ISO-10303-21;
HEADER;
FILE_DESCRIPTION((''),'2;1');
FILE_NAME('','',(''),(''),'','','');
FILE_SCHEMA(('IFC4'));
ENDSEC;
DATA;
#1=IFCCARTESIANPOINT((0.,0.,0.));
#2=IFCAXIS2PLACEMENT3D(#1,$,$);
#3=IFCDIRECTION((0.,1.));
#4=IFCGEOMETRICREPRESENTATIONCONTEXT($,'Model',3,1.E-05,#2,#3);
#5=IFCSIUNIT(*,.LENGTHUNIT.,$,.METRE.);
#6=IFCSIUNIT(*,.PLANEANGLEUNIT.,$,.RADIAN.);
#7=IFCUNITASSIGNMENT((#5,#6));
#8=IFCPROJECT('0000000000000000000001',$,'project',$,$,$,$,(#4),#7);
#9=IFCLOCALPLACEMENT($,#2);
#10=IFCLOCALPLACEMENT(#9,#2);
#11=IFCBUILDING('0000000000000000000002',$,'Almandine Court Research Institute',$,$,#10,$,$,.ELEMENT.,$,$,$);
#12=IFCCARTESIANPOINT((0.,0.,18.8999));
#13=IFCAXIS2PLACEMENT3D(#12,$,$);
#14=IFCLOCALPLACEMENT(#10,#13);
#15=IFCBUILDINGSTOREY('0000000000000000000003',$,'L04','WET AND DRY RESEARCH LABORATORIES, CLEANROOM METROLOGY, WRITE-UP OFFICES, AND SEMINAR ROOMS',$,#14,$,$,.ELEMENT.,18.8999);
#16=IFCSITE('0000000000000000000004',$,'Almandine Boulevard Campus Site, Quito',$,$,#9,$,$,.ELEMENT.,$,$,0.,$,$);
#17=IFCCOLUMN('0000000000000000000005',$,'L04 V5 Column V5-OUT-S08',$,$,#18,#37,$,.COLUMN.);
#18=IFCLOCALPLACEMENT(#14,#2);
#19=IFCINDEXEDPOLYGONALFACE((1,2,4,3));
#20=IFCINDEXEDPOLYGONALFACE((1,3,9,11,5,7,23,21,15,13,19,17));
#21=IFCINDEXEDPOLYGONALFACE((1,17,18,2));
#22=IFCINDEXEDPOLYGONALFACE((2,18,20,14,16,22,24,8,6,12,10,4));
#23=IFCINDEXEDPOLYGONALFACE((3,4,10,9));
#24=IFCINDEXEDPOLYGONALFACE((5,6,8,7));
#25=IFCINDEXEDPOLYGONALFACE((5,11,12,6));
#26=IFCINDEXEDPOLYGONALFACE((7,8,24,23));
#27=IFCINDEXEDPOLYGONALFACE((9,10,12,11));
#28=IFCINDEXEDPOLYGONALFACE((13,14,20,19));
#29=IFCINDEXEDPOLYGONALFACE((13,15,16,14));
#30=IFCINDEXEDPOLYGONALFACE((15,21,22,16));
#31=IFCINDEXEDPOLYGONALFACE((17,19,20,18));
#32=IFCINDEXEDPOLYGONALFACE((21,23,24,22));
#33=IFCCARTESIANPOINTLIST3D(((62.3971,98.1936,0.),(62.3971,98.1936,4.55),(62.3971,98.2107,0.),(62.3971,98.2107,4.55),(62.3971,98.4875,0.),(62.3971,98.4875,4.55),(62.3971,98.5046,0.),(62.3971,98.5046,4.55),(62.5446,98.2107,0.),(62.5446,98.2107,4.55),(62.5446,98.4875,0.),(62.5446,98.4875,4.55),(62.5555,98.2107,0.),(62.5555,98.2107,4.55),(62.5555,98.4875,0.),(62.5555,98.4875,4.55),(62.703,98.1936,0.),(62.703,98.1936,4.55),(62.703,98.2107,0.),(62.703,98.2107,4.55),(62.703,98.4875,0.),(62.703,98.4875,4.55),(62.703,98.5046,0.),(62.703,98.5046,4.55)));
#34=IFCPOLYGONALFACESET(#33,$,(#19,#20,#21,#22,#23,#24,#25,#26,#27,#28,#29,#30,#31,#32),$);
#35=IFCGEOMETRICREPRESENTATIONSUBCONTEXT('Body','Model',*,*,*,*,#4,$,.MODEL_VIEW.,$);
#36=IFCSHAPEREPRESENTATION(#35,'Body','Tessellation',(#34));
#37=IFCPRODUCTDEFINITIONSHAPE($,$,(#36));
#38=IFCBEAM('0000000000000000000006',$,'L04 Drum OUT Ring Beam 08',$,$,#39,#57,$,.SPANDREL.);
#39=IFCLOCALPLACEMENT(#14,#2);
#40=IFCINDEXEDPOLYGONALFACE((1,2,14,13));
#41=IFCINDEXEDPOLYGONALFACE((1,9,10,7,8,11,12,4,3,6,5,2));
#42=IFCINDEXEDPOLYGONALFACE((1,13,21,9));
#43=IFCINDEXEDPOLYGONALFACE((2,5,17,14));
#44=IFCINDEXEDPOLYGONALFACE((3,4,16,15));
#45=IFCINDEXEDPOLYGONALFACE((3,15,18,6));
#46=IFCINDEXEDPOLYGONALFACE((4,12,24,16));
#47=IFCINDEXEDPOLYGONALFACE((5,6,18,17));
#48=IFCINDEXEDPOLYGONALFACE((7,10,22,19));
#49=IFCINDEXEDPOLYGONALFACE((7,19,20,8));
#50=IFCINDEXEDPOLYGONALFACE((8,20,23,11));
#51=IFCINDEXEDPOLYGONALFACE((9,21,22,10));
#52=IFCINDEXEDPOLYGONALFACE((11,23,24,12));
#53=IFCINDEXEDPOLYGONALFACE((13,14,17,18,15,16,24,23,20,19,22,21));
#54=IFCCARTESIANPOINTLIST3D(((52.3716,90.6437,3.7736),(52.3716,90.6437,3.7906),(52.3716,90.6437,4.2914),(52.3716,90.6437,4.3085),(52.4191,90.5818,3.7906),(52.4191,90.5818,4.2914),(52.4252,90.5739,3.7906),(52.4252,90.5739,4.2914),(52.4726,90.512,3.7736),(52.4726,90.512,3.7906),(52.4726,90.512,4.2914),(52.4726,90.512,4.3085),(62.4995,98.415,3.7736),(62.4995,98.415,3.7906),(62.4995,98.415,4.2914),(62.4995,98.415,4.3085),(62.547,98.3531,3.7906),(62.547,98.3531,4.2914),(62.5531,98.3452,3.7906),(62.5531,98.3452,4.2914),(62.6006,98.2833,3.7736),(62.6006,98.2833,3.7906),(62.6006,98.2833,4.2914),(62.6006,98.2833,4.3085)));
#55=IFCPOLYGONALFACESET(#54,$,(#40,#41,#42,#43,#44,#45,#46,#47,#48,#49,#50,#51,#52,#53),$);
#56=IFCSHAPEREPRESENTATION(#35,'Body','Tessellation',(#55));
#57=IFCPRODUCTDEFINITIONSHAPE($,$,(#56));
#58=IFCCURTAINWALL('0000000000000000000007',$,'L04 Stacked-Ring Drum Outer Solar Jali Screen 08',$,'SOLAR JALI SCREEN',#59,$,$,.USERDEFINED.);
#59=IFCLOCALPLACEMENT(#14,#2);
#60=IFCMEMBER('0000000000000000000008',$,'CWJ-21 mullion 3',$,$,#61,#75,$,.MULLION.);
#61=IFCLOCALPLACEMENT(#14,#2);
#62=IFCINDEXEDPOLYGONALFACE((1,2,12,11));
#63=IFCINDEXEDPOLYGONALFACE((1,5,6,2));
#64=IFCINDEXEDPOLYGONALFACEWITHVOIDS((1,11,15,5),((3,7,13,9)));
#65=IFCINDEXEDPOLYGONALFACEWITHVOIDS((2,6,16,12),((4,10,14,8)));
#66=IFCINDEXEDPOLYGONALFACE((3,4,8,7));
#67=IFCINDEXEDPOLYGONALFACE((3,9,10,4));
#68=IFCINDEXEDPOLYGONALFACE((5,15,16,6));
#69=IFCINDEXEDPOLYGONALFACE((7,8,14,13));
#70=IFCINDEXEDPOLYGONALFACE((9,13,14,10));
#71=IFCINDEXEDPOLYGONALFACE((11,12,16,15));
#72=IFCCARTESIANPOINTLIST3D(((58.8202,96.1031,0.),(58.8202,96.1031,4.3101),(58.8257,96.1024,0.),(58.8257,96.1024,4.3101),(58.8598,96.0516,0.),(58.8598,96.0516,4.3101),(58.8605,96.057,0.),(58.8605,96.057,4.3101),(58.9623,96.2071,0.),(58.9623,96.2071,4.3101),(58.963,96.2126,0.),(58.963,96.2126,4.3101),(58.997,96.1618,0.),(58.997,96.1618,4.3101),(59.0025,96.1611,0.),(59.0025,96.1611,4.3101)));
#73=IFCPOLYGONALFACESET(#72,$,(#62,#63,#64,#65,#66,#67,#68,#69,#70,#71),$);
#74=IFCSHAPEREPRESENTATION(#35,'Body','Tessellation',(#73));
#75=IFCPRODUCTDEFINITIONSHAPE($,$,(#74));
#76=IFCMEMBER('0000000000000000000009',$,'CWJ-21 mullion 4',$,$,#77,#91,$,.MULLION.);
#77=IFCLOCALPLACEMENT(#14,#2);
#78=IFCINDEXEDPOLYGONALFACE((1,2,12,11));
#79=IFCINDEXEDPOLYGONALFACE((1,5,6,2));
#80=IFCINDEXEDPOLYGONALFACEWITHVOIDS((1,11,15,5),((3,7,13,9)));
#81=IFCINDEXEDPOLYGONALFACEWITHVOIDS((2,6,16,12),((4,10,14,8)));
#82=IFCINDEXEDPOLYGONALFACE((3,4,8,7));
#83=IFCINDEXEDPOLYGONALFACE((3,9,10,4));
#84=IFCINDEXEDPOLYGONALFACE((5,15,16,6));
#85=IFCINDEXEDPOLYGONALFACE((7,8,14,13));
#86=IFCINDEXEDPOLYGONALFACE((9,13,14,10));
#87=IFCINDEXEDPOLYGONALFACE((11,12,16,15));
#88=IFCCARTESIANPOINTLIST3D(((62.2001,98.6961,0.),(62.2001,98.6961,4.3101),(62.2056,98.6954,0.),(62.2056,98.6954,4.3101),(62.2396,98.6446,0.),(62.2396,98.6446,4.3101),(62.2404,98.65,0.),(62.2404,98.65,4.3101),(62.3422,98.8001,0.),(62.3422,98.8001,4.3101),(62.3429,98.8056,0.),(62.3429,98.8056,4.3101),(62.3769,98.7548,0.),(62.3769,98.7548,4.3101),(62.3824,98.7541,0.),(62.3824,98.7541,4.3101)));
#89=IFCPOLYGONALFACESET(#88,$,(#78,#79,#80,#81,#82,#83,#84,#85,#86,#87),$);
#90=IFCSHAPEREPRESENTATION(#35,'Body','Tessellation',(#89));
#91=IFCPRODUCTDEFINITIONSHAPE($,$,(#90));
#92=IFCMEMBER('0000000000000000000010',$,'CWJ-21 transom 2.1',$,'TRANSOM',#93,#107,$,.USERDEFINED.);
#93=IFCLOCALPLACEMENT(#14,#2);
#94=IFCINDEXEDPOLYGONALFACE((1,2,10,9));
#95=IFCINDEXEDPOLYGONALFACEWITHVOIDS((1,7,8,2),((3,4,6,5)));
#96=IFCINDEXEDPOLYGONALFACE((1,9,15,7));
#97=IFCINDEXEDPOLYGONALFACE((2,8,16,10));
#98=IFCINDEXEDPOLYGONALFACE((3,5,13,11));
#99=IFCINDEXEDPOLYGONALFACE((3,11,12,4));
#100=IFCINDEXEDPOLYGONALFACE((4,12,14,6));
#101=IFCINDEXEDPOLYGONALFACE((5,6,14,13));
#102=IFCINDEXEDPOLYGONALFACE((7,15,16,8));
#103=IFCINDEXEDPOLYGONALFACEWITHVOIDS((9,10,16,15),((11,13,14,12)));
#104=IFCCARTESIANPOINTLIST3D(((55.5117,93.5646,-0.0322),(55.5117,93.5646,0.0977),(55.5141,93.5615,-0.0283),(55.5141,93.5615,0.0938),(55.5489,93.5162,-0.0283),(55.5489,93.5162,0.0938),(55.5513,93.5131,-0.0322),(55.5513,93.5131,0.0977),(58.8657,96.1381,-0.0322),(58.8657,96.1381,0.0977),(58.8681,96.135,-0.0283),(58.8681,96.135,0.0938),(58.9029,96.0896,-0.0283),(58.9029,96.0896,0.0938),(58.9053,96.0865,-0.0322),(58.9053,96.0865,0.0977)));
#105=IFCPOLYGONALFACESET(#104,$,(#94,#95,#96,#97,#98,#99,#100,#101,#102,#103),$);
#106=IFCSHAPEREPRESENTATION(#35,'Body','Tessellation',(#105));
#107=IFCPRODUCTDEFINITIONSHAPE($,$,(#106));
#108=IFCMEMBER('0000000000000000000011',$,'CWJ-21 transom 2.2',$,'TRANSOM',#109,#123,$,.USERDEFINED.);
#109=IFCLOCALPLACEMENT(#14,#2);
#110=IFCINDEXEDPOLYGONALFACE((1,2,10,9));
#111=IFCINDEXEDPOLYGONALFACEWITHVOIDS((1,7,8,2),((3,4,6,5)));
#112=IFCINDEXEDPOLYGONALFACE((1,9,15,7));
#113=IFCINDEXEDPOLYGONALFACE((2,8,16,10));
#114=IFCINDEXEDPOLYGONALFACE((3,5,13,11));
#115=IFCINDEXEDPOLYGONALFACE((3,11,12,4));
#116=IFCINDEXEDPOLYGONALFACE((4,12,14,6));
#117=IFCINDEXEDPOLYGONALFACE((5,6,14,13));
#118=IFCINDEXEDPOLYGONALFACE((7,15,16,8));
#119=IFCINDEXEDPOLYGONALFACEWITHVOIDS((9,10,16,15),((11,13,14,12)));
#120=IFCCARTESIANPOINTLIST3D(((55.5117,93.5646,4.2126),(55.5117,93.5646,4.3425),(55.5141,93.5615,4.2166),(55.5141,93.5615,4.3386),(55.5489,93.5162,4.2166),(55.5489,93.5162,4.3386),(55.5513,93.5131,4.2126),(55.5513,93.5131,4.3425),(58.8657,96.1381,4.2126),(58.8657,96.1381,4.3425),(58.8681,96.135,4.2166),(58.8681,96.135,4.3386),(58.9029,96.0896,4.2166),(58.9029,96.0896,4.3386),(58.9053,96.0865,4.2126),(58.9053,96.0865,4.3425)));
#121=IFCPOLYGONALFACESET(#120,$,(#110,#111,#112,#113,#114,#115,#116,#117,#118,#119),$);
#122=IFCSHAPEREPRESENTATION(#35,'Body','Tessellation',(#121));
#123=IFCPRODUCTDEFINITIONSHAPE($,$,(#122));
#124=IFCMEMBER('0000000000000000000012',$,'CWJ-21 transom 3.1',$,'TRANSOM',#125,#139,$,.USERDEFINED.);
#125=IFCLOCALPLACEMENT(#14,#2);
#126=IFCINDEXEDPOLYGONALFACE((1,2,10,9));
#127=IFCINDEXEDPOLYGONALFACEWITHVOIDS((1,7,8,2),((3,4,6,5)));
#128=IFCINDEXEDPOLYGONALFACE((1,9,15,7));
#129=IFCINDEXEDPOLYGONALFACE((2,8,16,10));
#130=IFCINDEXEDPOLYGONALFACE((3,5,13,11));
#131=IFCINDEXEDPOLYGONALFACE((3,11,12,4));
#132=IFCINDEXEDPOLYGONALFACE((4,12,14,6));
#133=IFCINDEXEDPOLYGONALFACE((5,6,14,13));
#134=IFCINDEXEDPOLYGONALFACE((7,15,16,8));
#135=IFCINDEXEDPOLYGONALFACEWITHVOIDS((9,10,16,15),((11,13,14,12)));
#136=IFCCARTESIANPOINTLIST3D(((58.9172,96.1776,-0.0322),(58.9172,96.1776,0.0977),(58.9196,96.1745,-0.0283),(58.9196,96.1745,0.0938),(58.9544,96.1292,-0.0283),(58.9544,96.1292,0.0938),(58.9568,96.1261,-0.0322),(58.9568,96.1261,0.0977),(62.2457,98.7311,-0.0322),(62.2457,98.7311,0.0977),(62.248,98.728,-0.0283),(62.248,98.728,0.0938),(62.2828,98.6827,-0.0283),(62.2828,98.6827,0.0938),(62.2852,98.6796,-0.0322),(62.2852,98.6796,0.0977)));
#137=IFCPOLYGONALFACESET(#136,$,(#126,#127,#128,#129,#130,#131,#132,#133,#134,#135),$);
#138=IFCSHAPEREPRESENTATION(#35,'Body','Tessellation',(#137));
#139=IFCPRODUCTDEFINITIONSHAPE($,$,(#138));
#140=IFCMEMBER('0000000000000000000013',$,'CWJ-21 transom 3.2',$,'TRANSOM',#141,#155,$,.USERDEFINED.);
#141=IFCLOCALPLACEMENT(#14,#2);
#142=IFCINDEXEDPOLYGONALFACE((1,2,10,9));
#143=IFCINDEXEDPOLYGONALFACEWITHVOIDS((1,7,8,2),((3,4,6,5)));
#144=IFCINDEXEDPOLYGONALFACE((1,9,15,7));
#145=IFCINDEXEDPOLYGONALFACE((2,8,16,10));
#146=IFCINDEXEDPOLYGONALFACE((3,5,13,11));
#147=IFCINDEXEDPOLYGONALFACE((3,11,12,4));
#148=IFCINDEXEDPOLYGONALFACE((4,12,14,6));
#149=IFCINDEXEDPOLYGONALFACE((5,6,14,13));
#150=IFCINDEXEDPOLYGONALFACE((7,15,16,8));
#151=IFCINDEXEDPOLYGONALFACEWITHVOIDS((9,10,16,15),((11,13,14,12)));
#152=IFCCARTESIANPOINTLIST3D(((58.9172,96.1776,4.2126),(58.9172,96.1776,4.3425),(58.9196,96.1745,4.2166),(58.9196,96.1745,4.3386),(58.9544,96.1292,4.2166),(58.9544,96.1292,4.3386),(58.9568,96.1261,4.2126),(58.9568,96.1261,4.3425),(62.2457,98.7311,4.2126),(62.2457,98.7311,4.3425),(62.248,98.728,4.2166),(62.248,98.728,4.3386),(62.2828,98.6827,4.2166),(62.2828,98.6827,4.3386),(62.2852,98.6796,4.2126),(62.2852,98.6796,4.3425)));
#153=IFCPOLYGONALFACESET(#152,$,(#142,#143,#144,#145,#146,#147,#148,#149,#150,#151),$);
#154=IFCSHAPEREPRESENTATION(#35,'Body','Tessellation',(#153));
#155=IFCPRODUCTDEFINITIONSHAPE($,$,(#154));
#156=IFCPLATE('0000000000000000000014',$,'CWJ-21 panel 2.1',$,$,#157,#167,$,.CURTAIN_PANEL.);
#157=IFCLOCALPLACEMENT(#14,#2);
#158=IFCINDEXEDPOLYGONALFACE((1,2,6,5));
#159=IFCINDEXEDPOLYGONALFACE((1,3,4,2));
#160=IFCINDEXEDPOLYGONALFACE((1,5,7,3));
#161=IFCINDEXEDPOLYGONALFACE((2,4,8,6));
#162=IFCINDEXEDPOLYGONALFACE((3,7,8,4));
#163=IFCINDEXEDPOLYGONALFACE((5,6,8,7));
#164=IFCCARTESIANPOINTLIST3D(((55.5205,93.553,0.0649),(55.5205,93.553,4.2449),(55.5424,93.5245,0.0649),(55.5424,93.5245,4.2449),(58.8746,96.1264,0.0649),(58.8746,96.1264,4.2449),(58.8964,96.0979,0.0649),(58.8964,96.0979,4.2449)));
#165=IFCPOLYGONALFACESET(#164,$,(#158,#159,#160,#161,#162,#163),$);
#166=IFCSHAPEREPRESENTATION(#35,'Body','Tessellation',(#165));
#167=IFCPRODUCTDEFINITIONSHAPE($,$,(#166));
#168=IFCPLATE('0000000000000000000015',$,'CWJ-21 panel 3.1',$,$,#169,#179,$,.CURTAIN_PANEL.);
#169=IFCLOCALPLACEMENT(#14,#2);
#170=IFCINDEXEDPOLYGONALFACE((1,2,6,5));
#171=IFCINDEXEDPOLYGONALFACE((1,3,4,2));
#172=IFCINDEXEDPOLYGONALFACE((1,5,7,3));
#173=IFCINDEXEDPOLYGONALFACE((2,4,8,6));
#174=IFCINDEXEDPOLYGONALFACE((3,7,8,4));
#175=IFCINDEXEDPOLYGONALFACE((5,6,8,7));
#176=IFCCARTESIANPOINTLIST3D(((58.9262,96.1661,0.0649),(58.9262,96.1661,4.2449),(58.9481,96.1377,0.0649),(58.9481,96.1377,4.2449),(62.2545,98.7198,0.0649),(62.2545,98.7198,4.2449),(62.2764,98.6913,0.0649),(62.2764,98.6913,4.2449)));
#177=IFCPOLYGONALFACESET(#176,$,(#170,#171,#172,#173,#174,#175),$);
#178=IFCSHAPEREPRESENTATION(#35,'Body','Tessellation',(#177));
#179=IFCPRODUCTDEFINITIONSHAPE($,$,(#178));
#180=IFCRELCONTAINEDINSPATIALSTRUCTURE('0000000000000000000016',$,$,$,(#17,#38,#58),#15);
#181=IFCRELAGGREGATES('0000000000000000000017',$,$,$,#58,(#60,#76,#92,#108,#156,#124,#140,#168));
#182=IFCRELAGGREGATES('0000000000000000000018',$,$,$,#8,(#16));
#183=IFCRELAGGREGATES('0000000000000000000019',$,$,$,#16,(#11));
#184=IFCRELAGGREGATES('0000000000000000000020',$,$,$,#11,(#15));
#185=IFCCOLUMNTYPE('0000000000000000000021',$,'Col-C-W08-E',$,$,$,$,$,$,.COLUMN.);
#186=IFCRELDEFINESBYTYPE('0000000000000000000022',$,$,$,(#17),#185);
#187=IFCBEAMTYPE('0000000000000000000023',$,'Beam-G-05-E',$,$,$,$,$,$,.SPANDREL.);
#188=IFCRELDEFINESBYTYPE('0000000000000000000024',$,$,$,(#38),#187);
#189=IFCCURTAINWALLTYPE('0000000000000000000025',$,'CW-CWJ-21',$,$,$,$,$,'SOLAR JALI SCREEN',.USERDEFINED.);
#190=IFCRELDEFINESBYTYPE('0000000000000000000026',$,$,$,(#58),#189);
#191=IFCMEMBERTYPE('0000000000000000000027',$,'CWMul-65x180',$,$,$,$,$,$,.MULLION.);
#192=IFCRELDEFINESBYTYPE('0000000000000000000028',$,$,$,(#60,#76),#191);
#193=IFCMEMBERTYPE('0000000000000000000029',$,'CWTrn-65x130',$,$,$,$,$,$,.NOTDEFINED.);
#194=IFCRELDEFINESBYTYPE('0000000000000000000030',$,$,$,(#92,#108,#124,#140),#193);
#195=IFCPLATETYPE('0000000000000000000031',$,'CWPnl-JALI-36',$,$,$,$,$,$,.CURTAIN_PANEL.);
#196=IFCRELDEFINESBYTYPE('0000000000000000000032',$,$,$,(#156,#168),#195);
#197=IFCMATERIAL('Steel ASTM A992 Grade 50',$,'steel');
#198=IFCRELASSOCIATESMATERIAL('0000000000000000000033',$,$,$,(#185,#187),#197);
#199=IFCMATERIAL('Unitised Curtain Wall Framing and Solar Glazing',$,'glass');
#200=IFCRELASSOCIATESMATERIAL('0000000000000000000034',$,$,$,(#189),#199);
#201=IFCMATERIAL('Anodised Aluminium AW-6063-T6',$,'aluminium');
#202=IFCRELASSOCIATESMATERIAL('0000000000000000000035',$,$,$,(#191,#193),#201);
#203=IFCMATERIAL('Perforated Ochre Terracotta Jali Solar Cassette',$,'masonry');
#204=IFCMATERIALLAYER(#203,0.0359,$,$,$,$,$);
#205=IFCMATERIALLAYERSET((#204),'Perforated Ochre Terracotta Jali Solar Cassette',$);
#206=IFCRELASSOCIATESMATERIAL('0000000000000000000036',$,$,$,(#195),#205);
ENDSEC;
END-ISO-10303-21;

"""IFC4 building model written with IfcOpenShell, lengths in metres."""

from ifc_helpers import new_model, si_unit, direction, frame, origin, origin_2d, place, context, subcontext, project, spatial, rectangle, hollow_rectangle, i_section, extrude, material, layer, layer_set, material_profile, profile_set, type_object, element, aggregate, save


model = new_model("IFC4")

# Units and contexts
model_context = context("Model", 3, precision=1e-05, world=origin(), true_north=direction((0.0, 1.0)))
body_context = subcontext(model_context, "Body", "Model", "MODEL_VIEW")
ifc_project = project(units=[si_unit("LENGTHUNIT", "METRE"), si_unit("PLANEANGLEUNIT", "RADIAN")], contexts=[model_context])

# Site, building, storey
site_placement = place(None, origin())
site = spatial("IfcSite", under=ifc_project, at=site_placement, Name="Almandine Boulevard Campus Site, Quito", CompositionType="ELEMENT", RefElevation=0.0)
building_placement = place(site_placement, origin())
building = spatial("IfcBuilding", under=site, at=building_placement, Name="Almandine Court Research Institute", CompositionType="ELEMENT")
storey_placement = place(building_placement, frame((0.0, 0.0, 18.8999)))
storey = spatial("IfcBuildingStorey", under=building, at=storey_placement, Name="L04", Description="WET AND DRY RESEARCH LABORATORIES, CLEANROOM METROLOGY, WRITE-UP OFFICES, AND SEMINAR ROOMS", CompositionType="ELEMENT", Elevation=18.8999)

# Column
ifc_material_1 = material(Name="Steel ASTM A992 Grade 50", Category="steel")
ifc_material_profile_1 = material_profile(ifc_material_1, i_section(OverallWidth=0.3059, OverallDepth=0.311, WebThickness=0.011, FlangeThickness=0.0171, at=origin_2d()), Name="W310x107")
ifc_profile_set_1 = profile_set([ifc_material_profile_1], Name="Steel ASTM A992 Grade 50")
column_type = type_object("IfcColumnType", Name="Col-C-W08-E", PredefinedType="COLUMN", material=ifc_profile_set_1)
column_placement = place(storey_placement, frame((62.55, 98.3491, 0.0), z_axis=(0.0, 0.0, 1.0), x_axis=(1.0, 0.0, 0.0)))
element("IfcColumn", 1, at=column_placement, inside=storey, type_object=column_type, Name="L04 V5 Column V5-OUT-S08", PredefinedType="COLUMN", context=body_context, shape_type="SweptSolid", body=[
    extrude(i_section(OverallWidth=0.3059, OverallDepth=0.311, WebThickness=0.011, FlangeThickness=0.0171, at=origin_2d()), origin(), (0.0, 0.0, 1.0), 4.55),
])

# Beam
ifc_material_profile_2 = material_profile(ifc_material_1, i_section(OverallWidth=0.166, OverallDepth=0.5349, WebThickness=0.01, FlangeThickness=0.0171, at=origin_2d()), Name="W530x85")
ifc_profile_set_2 = profile_set([ifc_material_profile_2], Name="Steel ASTM A992 Grade 50")
beam_type = type_object("IfcBeamType", Name="Beam-G-05-E", PredefinedType="SPANDREL", material=ifc_profile_set_2)
beam_placement = place(storey_placement, frame((62.55, 98.3491, 4.041), z_axis=(-0.793361, -0.608752, 0.0), x_axis=(0.608752, -0.793361, 0.0)))
element("IfcBeam", 2, at=beam_placement, inside=storey, type_object=beam_type, Name="L04 Drum OUT Ring Beam 08", PredefinedType="SPANDREL", context=body_context, shape_type="SweptSolid", body=[
    extrude(i_section(OverallWidth=0.166, OverallDepth=0.5349, WebThickness=0.01, FlangeThickness=0.0171, at=origin_2d()), origin(), (0.0, 0.0, 1.0), 12.7659),
])

# Curtain wall, members, plates
ifc_material_2 = material(Name="Unitised Curtain Wall Framing and Solar Glazing", Category="glass")
curtain_wall_type = type_object("IfcCurtainWallType", Name="CW-CWJ-21", ElementType="SOLAR JALI SCREEN", PredefinedType="USERDEFINED", material=ifc_material_2)
curtain_wall_placement = place(storey_placement, origin())
curtain_wall = element("IfcCurtainWall", 3, at=curtain_wall_placement, inside=storey, type_object=curtain_wall_type, Name="L04 Stacked-Ring Drum Outer Solar Jali Screen 08", ObjectType="SOLAR JALI SCREEN", PredefinedType="USERDEFINED")
ifc_material_3 = material(Name="Anodised Aluminium AW-6063-T6", Category="aluminium")
ifc_material_profile_3 = material_profile(ifc_material_3, hollow_rectangle(XDim=0.0649, YDim=0.1799, WallThickness=0.0039, at=origin_2d()), Name="ALU RHS 65x180x4")
ifc_profile_set_3 = profile_set([ifc_material_profile_3], Name="Anodised Aluminium AW-6063-T6")
member_type_1 = type_object("IfcMemberType", Name="CWMul-65x180", PredefinedType="MULLION", material=ifc_profile_set_3)
member_1_placement = place(storey_placement, frame((58.9114, 96.1321, 0.0), z_axis=(0.0, 0.0, 1.0), x_axis=(-0.608723, 0.793383, 0.0)))
member_1 = element("IfcMember", 4, at=member_1_placement, type_object=member_type_1, Name="CWJ-21 mullion 3", PredefinedType="MULLION", context=body_context, shape_type="SweptSolid", body=[
    extrude(hollow_rectangle(XDim=0.0649, YDim=0.1799, WallThickness=0.0039, at=origin_2d()), origin(), (0.0, 0.0, 1.0), 4.3101),
])
member_2_placement = place(storey_placement, frame((62.2913, 98.7251, 0.0), z_axis=(0.0, 0.0, 1.0), x_axis=(-0.608723, 0.793383, 0.0)))
member_2 = element("IfcMember", 5, at=member_2_placement, type_object=member_type_1, Name="CWJ-21 mullion 4", PredefinedType="MULLION", context=body_context, shape_type="SweptSolid", body=[
    extrude(hollow_rectangle(XDim=0.0649, YDim=0.1799, WallThickness=0.0039, at=origin_2d()), origin(), (0.0, 0.0, 1.0), 4.3101),
])
ifc_material_profile_4 = material_profile(ifc_material_3, hollow_rectangle(XDim=0.0649, YDim=0.1299, WallThickness=0.0039, at=origin_2d()), Name="ALU RHS 65x130x4")
ifc_profile_set_4 = profile_set([ifc_material_profile_4], Name="Anodised Aluminium AW-6063-T6")
member_type_2 = type_object("IfcMemberType", Name="CWTrn-65x130", PredefinedType="NOTDEFINED", material=ifc_profile_set_4)
member_3_placement = place(storey_placement, frame((55.5315, 93.5388, 0.0327), z_axis=(0.793368, 0.608742, 0.0), x_axis=(-0.608742, 0.793368, 0.0)))
member_3 = element("IfcMember", 6, at=member_3_placement, type_object=member_type_2, Name="CWJ-21 transom 2.1", ObjectType="TRANSOM", PredefinedType="USERDEFINED", context=body_context, shape_type="SweptSolid", body=[
    extrude(hollow_rectangle(XDim=0.0649, YDim=0.1299, WallThickness=0.0039, at=origin_2d()), origin(), (0.0, 0.0, 1.0), 4.2275),
])
member_4_placement = place(storey_placement, frame((55.5315, 93.5388, 4.2776), z_axis=(0.793368, 0.608742, 0.0), x_axis=(-0.608742, 0.793368, 0.0)))
member_4 = element("IfcMember", 7, at=member_4_placement, type_object=member_type_2, Name="CWJ-21 transom 2.2", ObjectType="TRANSOM", PredefinedType="USERDEFINED", context=body_context, shape_type="SweptSolid", body=[
    extrude(hollow_rectangle(XDim=0.0649, YDim=0.1299, WallThickness=0.0039, at=origin_2d()), origin(), (0.0, 0.0, 1.0), 4.2275),
])
member_5_placement = place(storey_placement, frame((58.937, 96.1519, 0.0327), z_axis=(0.793409, 0.608689, 0.0), x_axis=(-0.608689, 0.793409, 0.0)))
member_5 = element("IfcMember", 8, at=member_5_placement, type_object=member_type_2, Name="CWJ-21 transom 3.1", ObjectType="TRANSOM", PredefinedType="USERDEFINED", context=body_context, shape_type="SweptSolid", body=[
    extrude(hollow_rectangle(XDim=0.0649, YDim=0.1299, WallThickness=0.0039, at=origin_2d()), origin(), (0.0, 0.0, 1.0), 4.1951),
])
member_6_placement = place(storey_placement, frame((58.937, 96.1519, 4.2776), z_axis=(0.793409, 0.608689, 0.0), x_axis=(-0.608689, 0.793409, 0.0)))
member_6 = element("IfcMember", 9, at=member_6_placement, type_object=member_type_2, Name="CWJ-21 transom 3.2", ObjectType="TRANSOM", PredefinedType="USERDEFINED", context=body_context, shape_type="SweptSolid", body=[
    extrude(hollow_rectangle(XDim=0.0649, YDim=0.1299, WallThickness=0.0039, at=origin_2d()), origin(), (0.0, 0.0, 1.0), 4.1951),
])
ifc_material_4 = material(Name="Perforated Ochre Terracotta Jali Solar Cassette", Category="masonry")
ifc_layer_1 = layer(ifc_material_4, 0.0359)
ifc_layer_set_1 = layer_set([ifc_layer_1], Name="Perforated Ochre Terracotta Jali Solar Cassette")
plate_type = type_object("IfcPlateType", Name="CWPnl-JALI-36", PredefinedType="CURTAIN_PANEL", material=ifc_layer_set_1)
plate_1_placement = place(storey_placement, frame((57.2085, 94.8254, 0.0649), z_axis=(0.0, 0.0, 1.0), x_axis=(0.793383, 0.608723, 0.0)))
plate_1 = element("IfcPlate", 10, at=plate_1_placement, type_object=plate_type, Name="CWJ-21 panel 2.1", PredefinedType="CURTAIN_PANEL", context=body_context, shape_type="SweptSolid", body=[
    extrude(rectangle(XDim=4.2275, YDim=0.0359, at=origin_2d()), origin(), (0.0, 0.0, 1.0), 4.1799),
])
plate_2_placement = place(storey_placement, frame((60.6013, 97.4287, 0.0649), z_axis=(0.0, 0.0, 1.0), x_axis=(0.793383, 0.608723, 0.0)))
plate_2 = element("IfcPlate", 11, at=plate_2_placement, type_object=plate_type, Name="CWJ-21 panel 3.1", PredefinedType="CURTAIN_PANEL", context=body_context, shape_type="SweptSolid", body=[
    extrude(rectangle(XDim=4.1951, YDim=0.0359, at=origin_2d()), origin(), (0.0, 0.0, 1.0), 4.1799),
])
aggregate(curtain_wall, [member_1, member_2, member_3, member_4, plate_1, member_5, member_6, plate_2])

save(model, "model.ifc")
